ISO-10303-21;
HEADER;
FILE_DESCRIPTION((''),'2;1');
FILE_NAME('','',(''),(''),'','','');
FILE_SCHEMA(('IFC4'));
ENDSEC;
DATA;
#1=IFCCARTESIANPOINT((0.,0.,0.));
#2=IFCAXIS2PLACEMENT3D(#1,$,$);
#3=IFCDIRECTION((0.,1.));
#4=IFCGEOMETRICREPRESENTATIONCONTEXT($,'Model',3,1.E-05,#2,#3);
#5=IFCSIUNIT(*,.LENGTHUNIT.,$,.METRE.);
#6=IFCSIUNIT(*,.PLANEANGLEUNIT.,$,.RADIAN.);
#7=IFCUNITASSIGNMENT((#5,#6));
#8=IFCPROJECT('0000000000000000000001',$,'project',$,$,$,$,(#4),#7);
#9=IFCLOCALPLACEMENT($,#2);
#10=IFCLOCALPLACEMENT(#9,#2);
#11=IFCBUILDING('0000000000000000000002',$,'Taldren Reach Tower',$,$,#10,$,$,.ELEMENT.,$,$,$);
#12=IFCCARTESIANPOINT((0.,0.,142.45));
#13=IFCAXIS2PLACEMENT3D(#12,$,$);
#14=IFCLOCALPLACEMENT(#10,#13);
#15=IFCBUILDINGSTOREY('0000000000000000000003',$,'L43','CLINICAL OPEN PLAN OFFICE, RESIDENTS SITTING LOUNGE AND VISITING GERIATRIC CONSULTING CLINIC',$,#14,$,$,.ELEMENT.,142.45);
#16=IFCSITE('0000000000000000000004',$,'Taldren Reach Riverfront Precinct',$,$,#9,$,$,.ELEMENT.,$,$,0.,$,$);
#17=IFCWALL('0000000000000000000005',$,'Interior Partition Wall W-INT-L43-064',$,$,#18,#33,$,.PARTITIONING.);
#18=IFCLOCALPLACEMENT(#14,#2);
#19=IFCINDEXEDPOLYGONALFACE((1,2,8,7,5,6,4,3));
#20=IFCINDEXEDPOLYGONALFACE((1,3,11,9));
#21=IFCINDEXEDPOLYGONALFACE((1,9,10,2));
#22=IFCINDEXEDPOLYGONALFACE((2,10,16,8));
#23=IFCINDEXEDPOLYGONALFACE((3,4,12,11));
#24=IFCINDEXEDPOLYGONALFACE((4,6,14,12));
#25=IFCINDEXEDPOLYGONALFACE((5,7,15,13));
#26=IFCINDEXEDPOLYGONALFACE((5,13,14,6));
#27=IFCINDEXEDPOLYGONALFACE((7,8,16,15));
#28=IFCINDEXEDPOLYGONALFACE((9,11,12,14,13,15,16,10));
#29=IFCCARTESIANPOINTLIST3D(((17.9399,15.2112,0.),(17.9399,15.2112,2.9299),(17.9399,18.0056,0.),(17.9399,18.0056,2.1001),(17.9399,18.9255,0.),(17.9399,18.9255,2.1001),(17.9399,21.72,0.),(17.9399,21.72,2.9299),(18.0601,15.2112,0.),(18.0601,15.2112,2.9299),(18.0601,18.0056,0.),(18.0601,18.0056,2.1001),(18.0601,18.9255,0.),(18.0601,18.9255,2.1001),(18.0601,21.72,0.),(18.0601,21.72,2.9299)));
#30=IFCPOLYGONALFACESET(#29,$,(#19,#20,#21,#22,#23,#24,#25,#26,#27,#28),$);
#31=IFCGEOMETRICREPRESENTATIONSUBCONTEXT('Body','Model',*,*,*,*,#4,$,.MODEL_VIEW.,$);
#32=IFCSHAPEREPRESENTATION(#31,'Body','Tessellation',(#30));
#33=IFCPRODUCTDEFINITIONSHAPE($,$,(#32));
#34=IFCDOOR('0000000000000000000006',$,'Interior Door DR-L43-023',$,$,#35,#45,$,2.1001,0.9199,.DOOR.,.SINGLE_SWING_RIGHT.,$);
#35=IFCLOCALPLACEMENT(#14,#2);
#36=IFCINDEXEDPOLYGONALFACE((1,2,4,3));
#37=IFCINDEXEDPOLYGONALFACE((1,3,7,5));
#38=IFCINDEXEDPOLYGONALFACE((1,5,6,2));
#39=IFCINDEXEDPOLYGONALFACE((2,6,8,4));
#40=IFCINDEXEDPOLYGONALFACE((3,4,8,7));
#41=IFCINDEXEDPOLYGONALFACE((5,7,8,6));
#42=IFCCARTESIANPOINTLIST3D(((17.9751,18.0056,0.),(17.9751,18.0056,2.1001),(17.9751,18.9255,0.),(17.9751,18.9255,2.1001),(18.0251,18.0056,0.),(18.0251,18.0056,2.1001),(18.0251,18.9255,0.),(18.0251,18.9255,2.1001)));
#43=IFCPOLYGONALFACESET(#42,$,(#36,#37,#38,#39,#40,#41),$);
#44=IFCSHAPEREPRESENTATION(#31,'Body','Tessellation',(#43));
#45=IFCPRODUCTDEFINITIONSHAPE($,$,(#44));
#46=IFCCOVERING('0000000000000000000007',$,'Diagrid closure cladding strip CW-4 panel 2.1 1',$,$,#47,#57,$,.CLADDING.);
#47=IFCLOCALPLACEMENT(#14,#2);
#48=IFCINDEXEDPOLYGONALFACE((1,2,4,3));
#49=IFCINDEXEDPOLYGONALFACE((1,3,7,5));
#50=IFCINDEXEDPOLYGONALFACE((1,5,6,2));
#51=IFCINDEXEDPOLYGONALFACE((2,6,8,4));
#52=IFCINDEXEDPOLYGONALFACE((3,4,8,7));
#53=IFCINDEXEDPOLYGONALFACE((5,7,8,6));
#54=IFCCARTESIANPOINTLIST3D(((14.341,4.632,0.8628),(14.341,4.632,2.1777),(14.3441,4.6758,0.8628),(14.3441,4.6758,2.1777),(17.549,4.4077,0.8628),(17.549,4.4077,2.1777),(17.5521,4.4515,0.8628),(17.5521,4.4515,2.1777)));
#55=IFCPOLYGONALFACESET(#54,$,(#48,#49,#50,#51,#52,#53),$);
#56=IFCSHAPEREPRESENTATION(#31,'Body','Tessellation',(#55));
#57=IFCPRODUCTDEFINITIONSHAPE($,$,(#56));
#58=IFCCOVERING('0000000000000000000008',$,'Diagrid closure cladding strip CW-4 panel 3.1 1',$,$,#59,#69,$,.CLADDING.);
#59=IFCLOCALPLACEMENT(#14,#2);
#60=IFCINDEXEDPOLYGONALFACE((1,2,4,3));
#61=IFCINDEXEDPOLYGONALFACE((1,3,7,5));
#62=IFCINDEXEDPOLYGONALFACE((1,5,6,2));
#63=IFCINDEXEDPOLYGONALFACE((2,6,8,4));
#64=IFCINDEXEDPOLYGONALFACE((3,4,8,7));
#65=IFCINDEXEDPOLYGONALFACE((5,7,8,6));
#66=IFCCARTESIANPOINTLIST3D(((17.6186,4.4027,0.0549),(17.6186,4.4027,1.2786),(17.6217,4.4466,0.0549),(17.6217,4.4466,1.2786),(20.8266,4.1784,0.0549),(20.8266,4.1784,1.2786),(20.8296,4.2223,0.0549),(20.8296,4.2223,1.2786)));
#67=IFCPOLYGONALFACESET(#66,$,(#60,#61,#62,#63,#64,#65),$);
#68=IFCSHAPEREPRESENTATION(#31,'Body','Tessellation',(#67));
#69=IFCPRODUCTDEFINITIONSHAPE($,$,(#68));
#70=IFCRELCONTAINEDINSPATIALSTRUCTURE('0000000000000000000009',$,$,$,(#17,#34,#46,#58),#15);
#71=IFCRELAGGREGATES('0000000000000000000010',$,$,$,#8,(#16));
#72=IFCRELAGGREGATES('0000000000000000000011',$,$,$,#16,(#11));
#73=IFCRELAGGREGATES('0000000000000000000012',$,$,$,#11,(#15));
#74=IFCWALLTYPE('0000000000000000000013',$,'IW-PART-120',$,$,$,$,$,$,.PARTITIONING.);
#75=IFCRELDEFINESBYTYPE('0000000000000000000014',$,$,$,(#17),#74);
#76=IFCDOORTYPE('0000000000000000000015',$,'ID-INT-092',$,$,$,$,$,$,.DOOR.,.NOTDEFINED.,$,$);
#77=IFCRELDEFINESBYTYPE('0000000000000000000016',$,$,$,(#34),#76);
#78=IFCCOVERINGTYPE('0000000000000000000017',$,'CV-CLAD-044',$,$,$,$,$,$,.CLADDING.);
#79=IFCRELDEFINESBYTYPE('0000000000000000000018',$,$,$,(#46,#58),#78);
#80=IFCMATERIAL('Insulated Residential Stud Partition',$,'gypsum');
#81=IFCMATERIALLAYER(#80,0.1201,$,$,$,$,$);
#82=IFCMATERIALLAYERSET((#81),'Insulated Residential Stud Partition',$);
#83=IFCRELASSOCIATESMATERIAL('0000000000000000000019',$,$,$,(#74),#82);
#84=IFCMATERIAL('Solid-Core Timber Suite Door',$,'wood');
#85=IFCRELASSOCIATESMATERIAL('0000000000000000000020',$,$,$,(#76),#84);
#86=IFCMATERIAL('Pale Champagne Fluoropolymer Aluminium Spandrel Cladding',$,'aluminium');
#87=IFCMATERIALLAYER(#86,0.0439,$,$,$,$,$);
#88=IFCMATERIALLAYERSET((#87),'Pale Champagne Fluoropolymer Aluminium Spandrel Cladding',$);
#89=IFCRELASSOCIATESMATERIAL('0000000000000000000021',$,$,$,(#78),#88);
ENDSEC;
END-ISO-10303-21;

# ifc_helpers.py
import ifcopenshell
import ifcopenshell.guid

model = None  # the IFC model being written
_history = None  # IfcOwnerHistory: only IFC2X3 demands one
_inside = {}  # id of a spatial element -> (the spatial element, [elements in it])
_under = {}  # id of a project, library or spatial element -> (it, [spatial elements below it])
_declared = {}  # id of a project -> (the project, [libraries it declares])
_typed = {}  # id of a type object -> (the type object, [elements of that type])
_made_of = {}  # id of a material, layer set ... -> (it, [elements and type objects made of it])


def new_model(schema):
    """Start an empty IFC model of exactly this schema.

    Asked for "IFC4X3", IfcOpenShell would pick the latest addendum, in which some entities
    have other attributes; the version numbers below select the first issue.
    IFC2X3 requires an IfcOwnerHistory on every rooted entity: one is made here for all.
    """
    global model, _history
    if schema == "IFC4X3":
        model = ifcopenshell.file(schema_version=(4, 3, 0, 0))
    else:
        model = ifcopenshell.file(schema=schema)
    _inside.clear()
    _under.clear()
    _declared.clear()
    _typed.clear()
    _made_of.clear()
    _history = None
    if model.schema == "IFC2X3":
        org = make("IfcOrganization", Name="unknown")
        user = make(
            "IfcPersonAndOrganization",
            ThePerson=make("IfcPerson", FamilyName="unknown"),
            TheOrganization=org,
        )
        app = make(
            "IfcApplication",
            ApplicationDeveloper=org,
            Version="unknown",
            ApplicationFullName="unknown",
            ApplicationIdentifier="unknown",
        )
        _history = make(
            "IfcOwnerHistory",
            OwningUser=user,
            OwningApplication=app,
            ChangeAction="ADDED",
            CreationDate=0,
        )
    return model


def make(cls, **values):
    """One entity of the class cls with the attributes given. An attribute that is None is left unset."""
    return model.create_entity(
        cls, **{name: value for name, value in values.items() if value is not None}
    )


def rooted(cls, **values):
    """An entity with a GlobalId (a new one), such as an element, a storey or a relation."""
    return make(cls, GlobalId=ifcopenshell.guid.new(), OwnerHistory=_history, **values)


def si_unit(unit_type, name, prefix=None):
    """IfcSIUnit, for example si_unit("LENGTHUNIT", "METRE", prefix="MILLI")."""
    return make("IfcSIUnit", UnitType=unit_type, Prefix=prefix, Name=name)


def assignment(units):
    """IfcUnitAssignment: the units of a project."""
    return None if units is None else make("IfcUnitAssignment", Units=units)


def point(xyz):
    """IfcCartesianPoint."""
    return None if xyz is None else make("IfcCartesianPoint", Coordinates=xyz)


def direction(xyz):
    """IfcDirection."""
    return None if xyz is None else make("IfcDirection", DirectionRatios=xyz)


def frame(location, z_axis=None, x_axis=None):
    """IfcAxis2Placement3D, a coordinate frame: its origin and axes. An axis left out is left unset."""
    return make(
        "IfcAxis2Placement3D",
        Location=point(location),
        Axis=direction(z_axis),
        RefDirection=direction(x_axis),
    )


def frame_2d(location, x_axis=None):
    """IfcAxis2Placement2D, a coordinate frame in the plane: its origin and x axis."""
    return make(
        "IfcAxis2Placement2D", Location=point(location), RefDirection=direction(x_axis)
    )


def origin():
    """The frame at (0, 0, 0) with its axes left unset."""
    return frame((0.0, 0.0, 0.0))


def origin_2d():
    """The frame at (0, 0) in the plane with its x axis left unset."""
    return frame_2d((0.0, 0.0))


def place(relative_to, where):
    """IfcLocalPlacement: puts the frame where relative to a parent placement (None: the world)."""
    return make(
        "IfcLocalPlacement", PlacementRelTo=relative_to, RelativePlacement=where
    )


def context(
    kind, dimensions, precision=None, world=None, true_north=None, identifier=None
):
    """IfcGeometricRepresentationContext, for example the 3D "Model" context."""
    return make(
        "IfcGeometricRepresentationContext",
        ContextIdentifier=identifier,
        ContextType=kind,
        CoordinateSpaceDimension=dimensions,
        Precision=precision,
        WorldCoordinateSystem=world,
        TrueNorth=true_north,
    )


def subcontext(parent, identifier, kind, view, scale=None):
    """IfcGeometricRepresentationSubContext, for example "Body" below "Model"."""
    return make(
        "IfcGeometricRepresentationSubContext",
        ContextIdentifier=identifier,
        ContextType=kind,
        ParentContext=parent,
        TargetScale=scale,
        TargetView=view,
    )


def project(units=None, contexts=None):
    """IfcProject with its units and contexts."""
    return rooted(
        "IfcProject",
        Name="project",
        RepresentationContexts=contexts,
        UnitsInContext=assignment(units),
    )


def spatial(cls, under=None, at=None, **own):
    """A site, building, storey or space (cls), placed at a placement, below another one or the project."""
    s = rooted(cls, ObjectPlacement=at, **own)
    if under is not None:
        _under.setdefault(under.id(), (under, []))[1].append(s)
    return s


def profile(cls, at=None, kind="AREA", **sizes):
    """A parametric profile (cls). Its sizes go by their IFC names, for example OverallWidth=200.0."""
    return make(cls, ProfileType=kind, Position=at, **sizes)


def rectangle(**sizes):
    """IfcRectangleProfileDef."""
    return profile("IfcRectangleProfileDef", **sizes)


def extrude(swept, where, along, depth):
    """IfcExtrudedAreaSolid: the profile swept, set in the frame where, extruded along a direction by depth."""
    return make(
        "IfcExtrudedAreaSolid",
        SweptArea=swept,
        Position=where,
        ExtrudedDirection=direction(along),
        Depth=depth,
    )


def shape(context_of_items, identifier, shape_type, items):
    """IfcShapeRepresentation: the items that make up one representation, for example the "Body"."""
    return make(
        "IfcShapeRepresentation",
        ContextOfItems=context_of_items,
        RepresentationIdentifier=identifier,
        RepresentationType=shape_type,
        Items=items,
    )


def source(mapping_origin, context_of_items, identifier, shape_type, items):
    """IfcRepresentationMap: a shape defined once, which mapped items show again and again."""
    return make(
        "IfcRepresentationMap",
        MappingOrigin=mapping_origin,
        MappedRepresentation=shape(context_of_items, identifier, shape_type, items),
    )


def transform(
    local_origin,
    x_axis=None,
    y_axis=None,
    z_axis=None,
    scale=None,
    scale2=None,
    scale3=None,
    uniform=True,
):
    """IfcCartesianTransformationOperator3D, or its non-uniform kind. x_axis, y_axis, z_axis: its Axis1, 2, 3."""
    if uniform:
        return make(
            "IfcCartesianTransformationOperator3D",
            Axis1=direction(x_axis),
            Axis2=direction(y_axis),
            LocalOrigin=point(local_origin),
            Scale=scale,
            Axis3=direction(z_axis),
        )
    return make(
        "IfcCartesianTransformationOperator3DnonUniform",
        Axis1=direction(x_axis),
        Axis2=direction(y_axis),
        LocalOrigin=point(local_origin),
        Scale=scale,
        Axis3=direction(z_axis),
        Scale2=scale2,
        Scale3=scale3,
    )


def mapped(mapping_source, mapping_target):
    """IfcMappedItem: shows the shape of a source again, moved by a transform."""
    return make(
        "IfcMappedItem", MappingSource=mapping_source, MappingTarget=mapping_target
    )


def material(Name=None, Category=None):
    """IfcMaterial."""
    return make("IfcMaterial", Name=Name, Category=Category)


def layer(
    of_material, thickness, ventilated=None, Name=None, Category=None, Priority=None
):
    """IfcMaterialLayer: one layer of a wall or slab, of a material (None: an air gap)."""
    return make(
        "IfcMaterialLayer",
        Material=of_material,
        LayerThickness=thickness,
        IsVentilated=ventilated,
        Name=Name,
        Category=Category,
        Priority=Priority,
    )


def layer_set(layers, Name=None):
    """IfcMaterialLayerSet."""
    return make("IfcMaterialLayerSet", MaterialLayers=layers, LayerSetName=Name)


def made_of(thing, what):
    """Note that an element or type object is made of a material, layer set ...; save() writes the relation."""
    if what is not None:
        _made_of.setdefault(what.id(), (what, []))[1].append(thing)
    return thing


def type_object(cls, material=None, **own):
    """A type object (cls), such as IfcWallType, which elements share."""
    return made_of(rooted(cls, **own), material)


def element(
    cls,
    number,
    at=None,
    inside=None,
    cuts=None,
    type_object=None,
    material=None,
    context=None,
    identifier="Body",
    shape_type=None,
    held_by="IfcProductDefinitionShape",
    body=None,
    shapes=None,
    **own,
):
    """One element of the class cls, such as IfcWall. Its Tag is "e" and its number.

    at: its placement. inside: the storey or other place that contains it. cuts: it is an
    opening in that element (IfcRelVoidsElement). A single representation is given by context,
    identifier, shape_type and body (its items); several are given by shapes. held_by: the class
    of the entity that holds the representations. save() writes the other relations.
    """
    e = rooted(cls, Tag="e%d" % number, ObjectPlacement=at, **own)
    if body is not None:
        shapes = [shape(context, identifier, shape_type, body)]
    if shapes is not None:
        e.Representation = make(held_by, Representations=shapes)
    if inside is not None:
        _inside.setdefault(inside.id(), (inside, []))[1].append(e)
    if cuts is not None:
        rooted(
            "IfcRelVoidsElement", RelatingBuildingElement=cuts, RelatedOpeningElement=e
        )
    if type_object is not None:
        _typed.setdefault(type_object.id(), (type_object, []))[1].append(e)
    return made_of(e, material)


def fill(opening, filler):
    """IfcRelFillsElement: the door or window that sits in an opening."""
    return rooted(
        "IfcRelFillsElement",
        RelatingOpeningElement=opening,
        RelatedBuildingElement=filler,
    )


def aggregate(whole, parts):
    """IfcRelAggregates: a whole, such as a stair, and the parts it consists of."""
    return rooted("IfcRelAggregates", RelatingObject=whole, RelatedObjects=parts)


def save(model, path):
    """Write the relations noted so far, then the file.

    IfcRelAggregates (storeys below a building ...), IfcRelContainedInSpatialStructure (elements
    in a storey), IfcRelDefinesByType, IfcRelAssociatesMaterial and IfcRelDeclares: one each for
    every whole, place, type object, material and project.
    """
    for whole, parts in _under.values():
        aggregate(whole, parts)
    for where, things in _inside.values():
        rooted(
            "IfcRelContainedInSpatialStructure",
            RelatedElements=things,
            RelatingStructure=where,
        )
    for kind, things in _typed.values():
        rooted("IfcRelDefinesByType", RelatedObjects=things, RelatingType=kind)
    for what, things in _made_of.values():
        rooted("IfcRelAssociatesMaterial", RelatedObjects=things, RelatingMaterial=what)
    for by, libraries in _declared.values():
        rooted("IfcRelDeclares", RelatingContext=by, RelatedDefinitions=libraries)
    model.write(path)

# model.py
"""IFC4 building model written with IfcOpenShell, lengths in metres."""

from ifc_helpers import new_model, si_unit, direction, frame, frame_2d, origin, origin_2d, place, context, subcontext, project, spatial, rectangle, extrude, source, transform, mapped, material, layer, layer_set, type_object, element, fill, save


model = new_model("IFC4")

# Units and contexts
model_context = context("Model", 3, precision=1e-05, world=origin(), true_north=direction((0.0, 1.0)))
body_context = subcontext(model_context, "Body", "Model", "MODEL_VIEW")
ifc_project = project(units=[si_unit("LENGTHUNIT", "METRE"), si_unit("PLANEANGLEUNIT", "RADIAN")], contexts=[model_context])

# Site, building, storey
site_placement = place(None, origin())
site = spatial("IfcSite", under=ifc_project, at=site_placement, Name="Taldren Reach Riverfront Precinct", CompositionType="ELEMENT", RefElevation=0.0)
building_placement = place(site_placement, origin())
building = spatial("IfcBuilding", under=site, at=building_placement, Name="Taldren Reach Tower", CompositionType="ELEMENT")
storey_placement = place(building_placement, frame((0.0, 0.0, 142.45)))
storey = spatial("IfcBuildingStorey", under=building, at=storey_placement, Name="L43", Description="CLINICAL OPEN PLAN OFFICE, RESIDENTS SITTING LOUNGE AND VISITING GERIATRIC CONSULTING CLINIC", CompositionType="ELEMENT", Elevation=142.45)

# Shared definitions
ifc_material_1 = material(Name="Insulated Residential Stud Partition", Category="gypsum")
ifc_layer_1 = layer(ifc_material_1, 0.1201)
ifc_layer_set_1 = layer_set([ifc_layer_1], Name="Insulated Residential Stud Partition")
wall_type_1 = type_object("IfcWallType", Name="IW-PART-120", PredefinedType="PARTITIONING", material=ifc_layer_set_1)

# Shared definitions
shared_shape_1 = source(origin(), body_context, "Body", "SweptSolid", [
    extrude(rectangle(XDim=0.9199, YDim=2.1001, at=frame_2d((0.46, 1.05))), frame((0.0, 0.0701, 0.0), z_axis=(0.0, -1.0, 0.0), x_axis=(1.0, 0.0, 0.0)), (0.0, 0.0, 1.0), 0.1401),
])
ifc_material_2 = material(Name="Solid-Core Timber Suite Door", Category="wood")
door_type_1 = type_object("IfcDoorType", Name="ID-INT-092", OperationType="NOTDEFINED", PredefinedType="DOOR", material=ifc_material_2)
shared_shape_2 = source(origin(), body_context, "Body", "SweptSolid", [
    extrude(rectangle(XDim=0.9199, YDim=2.1001, at=frame_2d((0.46, 1.05))), frame((0.0, 0.0249, 0.0), z_axis=(0.0, -1.0, 0.0), x_axis=(1.0, 0.0, 0.0)), (0.0, 0.0, 1.0), 0.05),
])

# Wall, opening, door
shared_shape_3 = source(origin(), body_context, "Body", "SweptSolid", [
    extrude(rectangle(XDim=6.5088, YDim=0.1201, at=frame_2d((3.2544, 0.0))), origin(), (0.0, 0.0, 1.0), 2.9299),
])
wall_1_placement = place(storey_placement, frame((18.0, 15.2112, 0.0), z_axis=(0.0, 0.0, 1.0), x_axis=(0.0, 1.0, 0.0)))
wall_1 = element("IfcWall", 1, at=wall_1_placement, inside=storey, type_object=wall_type_1, Name="Interior Partition Wall W-INT-L43-064", PredefinedType="PARTITIONING", context=body_context, shape_type="MappedRepresentation", body=[
    mapped(shared_shape_3, transform((0.0, 0.0, 0.0), scale=1.0)),
])
opening_1_placement = place(wall_1_placement, frame((2.7944, 0.0, 0.0)))
opening_1 = element("IfcOpeningElement", 2, at=opening_1_placement, cuts=wall_1, PredefinedType="OPENING", context=body_context, shape_type="MappedRepresentation", body=[
    mapped(shared_shape_1, transform((0.0, 0.0, 0.0), scale=1.0)),
])
door_1_placement = place(opening_1_placement, origin())
door_1 = element("IfcDoor", 3, at=door_1_placement, inside=storey, type_object=door_type_1, Name="Interior Door DR-L43-023", OperationType="SINGLE_SWING_RIGHT", OverallHeight=2.1001, OverallWidth=0.9199, PredefinedType="DOOR", context=body_context, shape_type="MappedRepresentation", body=[
    mapped(shared_shape_2, transform((0.0, 0.0, 0.0), scale=1.0)),
])
fill(opening_1, door_1)

# Coverings
ifc_material_3 = material(Name="Pale Champagne Fluoropolymer Aluminium Spandrel Cladding", Category="aluminium")
ifc_layer_2 = layer(ifc_material_3, 0.0439)
ifc_layer_set_2 = layer_set([ifc_layer_2], Name="Pale Champagne Fluoropolymer Aluminium Spandrel Cladding")
covering_type = type_object("IfcCoveringType", Name="CV-CLAD-044", PredefinedType="CLADDING", material=ifc_layer_set_2)
shared_shape_4 = source(origin(), body_context, "Body", "SweptSolid", [
    extrude(rectangle(XDim=3.2158, YDim=0.0439, at=origin_2d()), origin(), (0.0, 0.0, 1.0), 1.3149),
])
covering_1_placement = place(storey_placement, frame((15.9465, 4.5417, 0.8628), z_axis=(0.0, 0.0, 1.0), x_axis=(0.997564, -0.069757, 0.0)))
element("IfcCovering", 4, at=covering_1_placement, inside=storey, type_object=covering_type, Name="Diagrid closure cladding strip CW-4 panel 2.1 1", PredefinedType="CLADDING", context=body_context, shape_type="MappedRepresentation", body=[
    mapped(shared_shape_4, transform((0.0, 0.0, 0.0), scale=1.0)),
])
shared_shape_5 = source(origin(), body_context, "Body", "SweptSolid", [
    extrude(rectangle(XDim=3.2158, YDim=0.0439, at=origin_2d()), origin(), (0.0, 0.0, 1.0), 1.2236),
])
covering_2_placement = place(storey_placement, frame((19.2241, 4.3125, 0.0549), z_axis=(0.0, 0.0, 1.0), x_axis=(0.997564, -0.069757, 0.0)))
element("IfcCovering", 5, at=covering_2_placement, inside=storey, type_object=covering_type, Name="Diagrid closure cladding strip CW-4 panel 3.1 1", PredefinedType="CLADDING", context=body_context, shape_type="MappedRepresentation", body=[
    mapped(shared_shape_5, transform((0.0, 0.0, 0.0), scale=1.0)),
])

save(model, "model.ifc")
